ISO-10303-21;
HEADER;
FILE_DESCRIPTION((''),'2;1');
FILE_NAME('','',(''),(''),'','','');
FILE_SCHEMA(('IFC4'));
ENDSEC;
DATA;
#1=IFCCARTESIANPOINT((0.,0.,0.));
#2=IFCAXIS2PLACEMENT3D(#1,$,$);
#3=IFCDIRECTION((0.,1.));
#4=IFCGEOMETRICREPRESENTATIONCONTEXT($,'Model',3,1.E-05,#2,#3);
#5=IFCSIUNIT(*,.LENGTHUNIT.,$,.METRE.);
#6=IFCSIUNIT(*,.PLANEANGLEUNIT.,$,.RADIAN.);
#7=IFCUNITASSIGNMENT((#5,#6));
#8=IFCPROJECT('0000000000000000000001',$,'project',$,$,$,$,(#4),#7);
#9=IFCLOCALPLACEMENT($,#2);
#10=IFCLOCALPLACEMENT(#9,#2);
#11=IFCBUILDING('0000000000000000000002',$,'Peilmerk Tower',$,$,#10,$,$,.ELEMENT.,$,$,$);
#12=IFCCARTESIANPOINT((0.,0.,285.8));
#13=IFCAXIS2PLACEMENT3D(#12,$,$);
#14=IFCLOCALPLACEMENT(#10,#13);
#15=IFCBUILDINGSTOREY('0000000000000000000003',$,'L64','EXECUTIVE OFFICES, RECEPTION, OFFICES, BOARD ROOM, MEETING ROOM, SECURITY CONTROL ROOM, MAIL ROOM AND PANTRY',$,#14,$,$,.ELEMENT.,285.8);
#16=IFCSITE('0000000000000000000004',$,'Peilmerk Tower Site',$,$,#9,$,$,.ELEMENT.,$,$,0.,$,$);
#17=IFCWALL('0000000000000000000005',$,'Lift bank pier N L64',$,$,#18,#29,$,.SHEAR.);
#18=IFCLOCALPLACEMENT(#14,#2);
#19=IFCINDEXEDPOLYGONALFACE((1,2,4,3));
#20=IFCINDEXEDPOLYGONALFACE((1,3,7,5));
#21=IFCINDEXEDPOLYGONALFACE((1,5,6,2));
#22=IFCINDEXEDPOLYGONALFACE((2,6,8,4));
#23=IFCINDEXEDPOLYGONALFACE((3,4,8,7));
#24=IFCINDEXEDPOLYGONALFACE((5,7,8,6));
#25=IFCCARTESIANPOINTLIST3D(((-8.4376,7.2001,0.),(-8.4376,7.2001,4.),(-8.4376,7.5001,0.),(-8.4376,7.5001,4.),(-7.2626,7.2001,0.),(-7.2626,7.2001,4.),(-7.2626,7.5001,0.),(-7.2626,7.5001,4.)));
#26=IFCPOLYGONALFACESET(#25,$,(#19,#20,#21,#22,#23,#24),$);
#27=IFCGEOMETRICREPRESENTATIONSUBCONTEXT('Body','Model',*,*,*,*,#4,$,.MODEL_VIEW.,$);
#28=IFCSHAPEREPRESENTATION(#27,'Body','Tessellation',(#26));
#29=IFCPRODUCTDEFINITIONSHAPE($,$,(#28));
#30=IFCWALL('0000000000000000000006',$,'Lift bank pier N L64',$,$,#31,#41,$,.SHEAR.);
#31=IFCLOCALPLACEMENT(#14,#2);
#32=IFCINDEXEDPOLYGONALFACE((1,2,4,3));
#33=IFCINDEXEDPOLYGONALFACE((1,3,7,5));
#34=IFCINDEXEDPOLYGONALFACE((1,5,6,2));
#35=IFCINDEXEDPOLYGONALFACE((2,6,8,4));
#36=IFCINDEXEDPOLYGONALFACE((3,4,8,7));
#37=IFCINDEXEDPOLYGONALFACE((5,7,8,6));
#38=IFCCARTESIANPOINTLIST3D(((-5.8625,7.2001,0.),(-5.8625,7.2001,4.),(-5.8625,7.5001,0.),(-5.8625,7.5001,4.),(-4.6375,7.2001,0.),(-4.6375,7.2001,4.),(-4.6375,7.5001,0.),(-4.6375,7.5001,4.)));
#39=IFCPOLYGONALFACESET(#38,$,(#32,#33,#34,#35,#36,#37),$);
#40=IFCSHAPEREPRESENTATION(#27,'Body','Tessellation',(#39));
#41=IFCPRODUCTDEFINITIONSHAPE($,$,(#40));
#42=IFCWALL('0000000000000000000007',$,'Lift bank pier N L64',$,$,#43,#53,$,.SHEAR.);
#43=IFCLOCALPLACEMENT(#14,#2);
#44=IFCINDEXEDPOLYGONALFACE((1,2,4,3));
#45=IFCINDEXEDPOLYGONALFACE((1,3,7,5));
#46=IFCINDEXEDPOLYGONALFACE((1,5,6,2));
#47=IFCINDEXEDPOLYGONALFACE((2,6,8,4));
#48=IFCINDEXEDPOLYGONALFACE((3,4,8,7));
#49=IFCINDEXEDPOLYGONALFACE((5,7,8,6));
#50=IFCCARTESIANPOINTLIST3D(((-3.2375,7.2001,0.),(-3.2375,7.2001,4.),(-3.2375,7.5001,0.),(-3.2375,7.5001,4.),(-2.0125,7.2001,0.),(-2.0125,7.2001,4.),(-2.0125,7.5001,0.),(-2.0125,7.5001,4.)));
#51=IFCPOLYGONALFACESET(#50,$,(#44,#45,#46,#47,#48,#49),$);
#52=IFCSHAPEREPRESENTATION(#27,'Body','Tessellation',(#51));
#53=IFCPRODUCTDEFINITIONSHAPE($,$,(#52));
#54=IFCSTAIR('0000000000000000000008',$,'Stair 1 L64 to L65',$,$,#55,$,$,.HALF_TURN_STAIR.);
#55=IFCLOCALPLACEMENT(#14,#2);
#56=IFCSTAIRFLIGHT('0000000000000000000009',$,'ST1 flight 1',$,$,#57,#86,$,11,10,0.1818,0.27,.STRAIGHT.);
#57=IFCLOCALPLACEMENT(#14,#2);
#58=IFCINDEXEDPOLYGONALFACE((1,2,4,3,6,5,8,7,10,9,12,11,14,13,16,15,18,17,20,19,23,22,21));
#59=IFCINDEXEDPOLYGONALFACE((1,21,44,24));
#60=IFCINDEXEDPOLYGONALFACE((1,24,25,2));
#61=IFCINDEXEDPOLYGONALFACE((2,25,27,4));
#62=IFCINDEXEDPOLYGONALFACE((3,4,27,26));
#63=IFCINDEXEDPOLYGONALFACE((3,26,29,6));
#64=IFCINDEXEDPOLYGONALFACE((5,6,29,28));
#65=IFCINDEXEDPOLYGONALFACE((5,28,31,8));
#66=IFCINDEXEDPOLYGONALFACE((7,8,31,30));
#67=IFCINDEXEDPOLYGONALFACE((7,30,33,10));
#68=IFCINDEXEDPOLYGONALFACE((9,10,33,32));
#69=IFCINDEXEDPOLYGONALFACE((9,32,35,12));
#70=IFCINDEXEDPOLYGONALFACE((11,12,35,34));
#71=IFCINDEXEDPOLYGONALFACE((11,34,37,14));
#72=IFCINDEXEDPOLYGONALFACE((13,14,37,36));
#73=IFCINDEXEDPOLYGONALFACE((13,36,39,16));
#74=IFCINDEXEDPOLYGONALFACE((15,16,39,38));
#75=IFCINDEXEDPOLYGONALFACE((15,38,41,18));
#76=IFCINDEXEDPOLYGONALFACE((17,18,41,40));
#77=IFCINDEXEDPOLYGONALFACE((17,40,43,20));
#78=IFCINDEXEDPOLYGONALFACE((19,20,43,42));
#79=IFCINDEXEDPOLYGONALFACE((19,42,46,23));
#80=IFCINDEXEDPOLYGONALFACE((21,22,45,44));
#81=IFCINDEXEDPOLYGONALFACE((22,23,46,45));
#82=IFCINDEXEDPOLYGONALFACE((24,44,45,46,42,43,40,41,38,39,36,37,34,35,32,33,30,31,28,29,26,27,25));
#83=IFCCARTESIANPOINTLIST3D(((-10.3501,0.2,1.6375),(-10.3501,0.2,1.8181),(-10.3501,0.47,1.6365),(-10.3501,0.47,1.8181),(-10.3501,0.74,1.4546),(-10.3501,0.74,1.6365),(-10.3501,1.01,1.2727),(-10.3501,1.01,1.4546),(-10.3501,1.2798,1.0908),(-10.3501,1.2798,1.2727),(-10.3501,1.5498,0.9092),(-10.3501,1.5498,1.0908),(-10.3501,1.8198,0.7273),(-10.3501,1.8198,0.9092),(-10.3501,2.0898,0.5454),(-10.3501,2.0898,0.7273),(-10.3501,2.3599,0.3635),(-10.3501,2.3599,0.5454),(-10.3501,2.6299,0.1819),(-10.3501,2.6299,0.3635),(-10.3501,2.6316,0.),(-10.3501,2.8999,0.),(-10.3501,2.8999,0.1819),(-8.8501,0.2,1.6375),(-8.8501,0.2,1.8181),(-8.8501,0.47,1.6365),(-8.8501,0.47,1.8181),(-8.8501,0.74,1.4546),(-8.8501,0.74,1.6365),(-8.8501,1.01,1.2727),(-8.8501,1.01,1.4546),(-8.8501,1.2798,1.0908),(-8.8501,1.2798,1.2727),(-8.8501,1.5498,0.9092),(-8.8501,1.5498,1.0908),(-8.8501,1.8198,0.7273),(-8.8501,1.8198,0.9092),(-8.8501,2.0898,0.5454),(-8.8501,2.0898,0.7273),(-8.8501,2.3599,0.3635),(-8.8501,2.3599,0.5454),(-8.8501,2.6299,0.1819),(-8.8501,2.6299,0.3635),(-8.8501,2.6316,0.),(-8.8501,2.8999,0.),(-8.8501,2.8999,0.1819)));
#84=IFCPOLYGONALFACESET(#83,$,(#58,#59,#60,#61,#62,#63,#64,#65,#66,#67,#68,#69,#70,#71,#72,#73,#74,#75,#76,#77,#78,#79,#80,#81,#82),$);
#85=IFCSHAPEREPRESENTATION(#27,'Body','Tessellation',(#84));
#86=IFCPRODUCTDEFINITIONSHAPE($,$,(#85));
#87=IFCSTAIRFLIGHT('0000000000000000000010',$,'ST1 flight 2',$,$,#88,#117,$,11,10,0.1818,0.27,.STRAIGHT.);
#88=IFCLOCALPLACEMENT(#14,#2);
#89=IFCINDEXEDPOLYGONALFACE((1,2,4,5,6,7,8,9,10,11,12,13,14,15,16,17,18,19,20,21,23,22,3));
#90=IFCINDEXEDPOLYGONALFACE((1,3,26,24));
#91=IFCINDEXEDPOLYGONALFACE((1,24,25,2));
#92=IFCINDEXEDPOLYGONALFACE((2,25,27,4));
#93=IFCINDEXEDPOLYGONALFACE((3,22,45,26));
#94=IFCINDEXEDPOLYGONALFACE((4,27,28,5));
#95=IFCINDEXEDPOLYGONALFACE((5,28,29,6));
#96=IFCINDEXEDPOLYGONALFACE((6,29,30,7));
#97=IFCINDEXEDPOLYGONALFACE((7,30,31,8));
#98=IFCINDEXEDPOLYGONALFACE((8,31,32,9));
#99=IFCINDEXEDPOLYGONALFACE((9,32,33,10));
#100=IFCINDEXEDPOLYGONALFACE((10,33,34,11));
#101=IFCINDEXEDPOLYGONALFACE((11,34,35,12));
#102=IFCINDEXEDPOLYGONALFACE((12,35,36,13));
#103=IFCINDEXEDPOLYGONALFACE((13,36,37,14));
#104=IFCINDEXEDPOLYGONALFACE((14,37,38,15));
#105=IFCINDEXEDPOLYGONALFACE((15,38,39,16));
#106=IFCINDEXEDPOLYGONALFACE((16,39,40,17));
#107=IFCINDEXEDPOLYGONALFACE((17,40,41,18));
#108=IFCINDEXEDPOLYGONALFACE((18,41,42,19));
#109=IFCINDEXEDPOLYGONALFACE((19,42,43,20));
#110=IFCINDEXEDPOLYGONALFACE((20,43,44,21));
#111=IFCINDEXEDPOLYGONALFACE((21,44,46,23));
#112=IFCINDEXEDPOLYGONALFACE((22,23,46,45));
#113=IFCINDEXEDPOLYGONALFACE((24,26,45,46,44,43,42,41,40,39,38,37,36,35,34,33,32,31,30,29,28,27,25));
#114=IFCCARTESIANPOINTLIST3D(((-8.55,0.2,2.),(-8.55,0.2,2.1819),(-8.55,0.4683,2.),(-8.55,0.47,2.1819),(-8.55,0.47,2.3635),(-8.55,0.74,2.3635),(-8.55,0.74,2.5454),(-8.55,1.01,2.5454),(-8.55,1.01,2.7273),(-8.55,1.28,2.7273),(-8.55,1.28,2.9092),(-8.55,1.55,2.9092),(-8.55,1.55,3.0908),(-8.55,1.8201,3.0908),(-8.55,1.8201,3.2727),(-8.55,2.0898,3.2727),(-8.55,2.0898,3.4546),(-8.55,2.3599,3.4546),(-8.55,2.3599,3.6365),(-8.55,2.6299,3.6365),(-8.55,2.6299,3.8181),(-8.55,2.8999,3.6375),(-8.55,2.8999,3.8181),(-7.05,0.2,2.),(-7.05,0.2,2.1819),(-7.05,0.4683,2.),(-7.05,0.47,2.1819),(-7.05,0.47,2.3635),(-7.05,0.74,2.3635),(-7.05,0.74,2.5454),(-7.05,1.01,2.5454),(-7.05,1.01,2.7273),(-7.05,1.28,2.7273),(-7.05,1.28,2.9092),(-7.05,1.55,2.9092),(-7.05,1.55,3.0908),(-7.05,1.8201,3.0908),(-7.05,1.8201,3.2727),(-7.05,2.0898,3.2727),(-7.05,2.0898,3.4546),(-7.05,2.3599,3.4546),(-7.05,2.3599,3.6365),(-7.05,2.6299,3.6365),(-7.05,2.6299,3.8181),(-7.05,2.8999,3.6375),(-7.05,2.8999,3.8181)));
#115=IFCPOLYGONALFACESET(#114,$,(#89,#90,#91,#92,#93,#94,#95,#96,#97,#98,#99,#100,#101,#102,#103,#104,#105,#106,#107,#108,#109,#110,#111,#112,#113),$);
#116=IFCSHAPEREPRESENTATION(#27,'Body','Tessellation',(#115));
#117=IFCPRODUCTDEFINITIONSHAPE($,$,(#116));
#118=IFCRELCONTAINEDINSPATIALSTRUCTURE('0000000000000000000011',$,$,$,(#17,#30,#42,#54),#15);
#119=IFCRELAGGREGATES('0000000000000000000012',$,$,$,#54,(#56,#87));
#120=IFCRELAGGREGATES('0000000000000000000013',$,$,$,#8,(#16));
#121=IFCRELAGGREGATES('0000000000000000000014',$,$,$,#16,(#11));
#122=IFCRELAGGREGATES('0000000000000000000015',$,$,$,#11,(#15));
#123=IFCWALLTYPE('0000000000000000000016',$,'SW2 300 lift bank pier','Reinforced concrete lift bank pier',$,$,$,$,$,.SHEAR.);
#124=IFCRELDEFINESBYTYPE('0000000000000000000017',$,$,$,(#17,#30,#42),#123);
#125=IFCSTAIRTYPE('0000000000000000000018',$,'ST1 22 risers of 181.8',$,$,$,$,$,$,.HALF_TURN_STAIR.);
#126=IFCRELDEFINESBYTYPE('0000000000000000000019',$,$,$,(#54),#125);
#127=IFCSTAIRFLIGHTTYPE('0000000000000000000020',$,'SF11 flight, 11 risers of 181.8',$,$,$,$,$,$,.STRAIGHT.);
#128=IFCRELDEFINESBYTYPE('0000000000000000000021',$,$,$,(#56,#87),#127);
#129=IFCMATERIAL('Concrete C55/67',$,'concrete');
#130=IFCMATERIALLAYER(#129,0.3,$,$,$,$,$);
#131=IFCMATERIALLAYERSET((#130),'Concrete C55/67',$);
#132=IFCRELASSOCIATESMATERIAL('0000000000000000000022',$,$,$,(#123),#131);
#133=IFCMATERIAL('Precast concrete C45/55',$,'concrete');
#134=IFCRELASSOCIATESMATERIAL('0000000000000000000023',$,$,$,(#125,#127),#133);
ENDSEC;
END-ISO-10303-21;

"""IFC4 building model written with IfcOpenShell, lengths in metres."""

from ifc_helpers import new_model, si_unit, direction, frame, frame_2d, origin, place, context, subcontext, project, spatial, polyline, rectangle, outline, extrude, material, layer, layer_set, type_object, element, aggregate, save


model = new_model("IFC4")

# Units and contexts
model_context = context("Model", 3, precision=1e-05, world=origin(), true_north=direction((0.0, 1.0)))
body_context = subcontext(model_context, "Body", "Model", "MODEL_VIEW")
ifc_project = project(units=[si_unit("LENGTHUNIT", "METRE"), si_unit("PLANEANGLEUNIT", "RADIAN")], contexts=[model_context])

# Site, building, storey
site_placement = place(None, origin())
site = spatial("IfcSite", under=ifc_project, at=site_placement, Name="Peilmerk Tower Site", CompositionType="ELEMENT", RefElevation=0.0)
building_placement = place(site_placement, origin())
building = spatial("IfcBuilding", under=site, at=building_placement, Name="Peilmerk Tower", CompositionType="ELEMENT")
storey_placement = place(building_placement, frame((0.0, 0.0, 285.8)))
storey = spatial("IfcBuildingStorey", under=building, at=storey_placement, Name="L64", Description="EXECUTIVE OFFICES, RECEPTION, OFFICES, BOARD ROOM, MEETING ROOM, SECURITY CONTROL ROOM, MAIL ROOM AND PANTRY", CompositionType="ELEMENT", Elevation=285.8)

# Shared definitions
ifc_material_1 = material(Name="Concrete C55/67", Category="concrete")

# Walls
ifc_layer_1 = layer(ifc_material_1, 0.3)
ifc_layer_set_1 = layer_set([ifc_layer_1], Name="Concrete C55/67")
wall_type_1 = type_object("IfcWallType", Name="SW2 300 lift bank pier", Description="Reinforced concrete lift bank pier", PredefinedType="SHEAR", material=ifc_layer_set_1)
wall_1_placement = place(storey_placement, frame((-8.4375, 7.3501, 0.0), z_axis=(0.0, 0.0, 1.0), x_axis=(1.0, 0.0, 0.0)))
element("IfcWall", 1, at=wall_1_placement, inside=storey, type_object=wall_type_1, Name="Lift bank pier N L64", PredefinedType="SHEAR", context=body_context, shape_type="SweptSolid", body=[
    extrude(rectangle(XDim=1.175, YDim=0.3, at=frame_2d((0.5874, 0.0))), origin(), (0.0, 0.0, 1.0), 4.0),
])
for number, where, z_axis, x_axis, name in (
    (2, (-5.8625, 7.3501, 0.0), (0.0, 0.0, 1.0), (1.0, 0.0, 0.0), "Lift bank pier N L64"),
    (3, (-3.2375, 7.3501, 0.0), (0.0, 0.0, 1.0), (1.0, 0.0, 0.0), "Lift bank pier N L64"),
):
    element("IfcWall", number, at=place(storey_placement, frame(where, z_axis=z_axis, x_axis=x_axis)), inside=storey, type_object=wall_type_1, Name=name, PredefinedType="SHEAR", context=body_context, shape_type="SweptSolid", body=[
        extrude(rectangle(XDim=1.2251, YDim=0.3, at=frame_2d((0.6125, 0.0))), origin(), (0.0, 0.0, 1.0), 4.0),
    ])

# Stair, stair flights
ifc_material_2 = material(Name="Precast concrete C45/55", Category="concrete")
stair_type = type_object("IfcStairType", Name="ST1 22 risers of 181.8", PredefinedType="HALF_TURN_STAIR", material=ifc_material_2)
stair_placement = place(storey_placement, origin())
stair = element("IfcStair", 4, at=stair_placement, inside=storey, type_object=stair_type, Name="Stair 1 L64 to L65", PredefinedType="HALF_TURN_STAIR")
stair_flight_type = type_object("IfcStairFlightType", Name="SF11 flight, 11 risers of 181.8", PredefinedType="STRAIGHT", material=ifc_material_2)
stair_flight_1_placement = place(storey_placement, frame((-9.6001, 2.8999, 0.0), z_axis=(0.0, 0.0, 1.0), x_axis=(0.0, -1.0, 0.0)))
stair_flight_1 = element("IfcStairFlight", 5, at=stair_flight_1_placement, type_object=stair_flight_type, Name="ST1 flight 1", NumberOfRisers=11, NumberOfTreads=10, PredefinedType="STRAIGHT", RiserHeight=0.1818, TreadLength=0.27, context=body_context, shape_type="SweptSolid", body=[
    extrude(outline(polyline([(0.0, 0.0), (0.0, 0.1819), (0.27, 0.1819), (0.27, 0.3635), (0.54, 0.3635), (0.54, 0.5454), (0.8101, 0.5454), (0.8101, 0.7273), (1.0801, 0.7273), (1.0801, 0.9092), (1.3501, 0.9092), (1.3501, 1.0908), (1.6201, 1.0908), (1.6201, 1.2727), (1.8899, 1.2727), (1.8899, 1.4546), (2.1599, 1.4546), (2.1599, 1.6365), (2.4299, 1.6365), (2.4299, 1.8181), (2.7, 1.8181), (2.7, 2.0), (2.7, 1.6375), (0.2683, 0.0), (0.0, 0.0)])), frame((0.0, 0.75, 0.0), z_axis=(0.0, -1.0, 0.0), x_axis=(1.0, 0.0, 0.0)), (0.0, 0.0, 1.0), 1.5),
])
stair_flight_2_placement = place(storey_placement, frame((-7.8, 0.2, 2.0), z_axis=(0.0, 0.0, 1.0), x_axis=(0.0, 1.0, 0.0)))
stair_flight_2 = element("IfcStairFlight", 6, at=stair_flight_2_placement, type_object=stair_flight_type, Name="ST1 flight 2", NumberOfRisers=11, NumberOfTreads=10, PredefinedType="STRAIGHT", RiserHeight=0.1818, TreadLength=0.27, context=body_context, shape_type="SweptSolid", body=[
    extrude(outline(polyline([(0.0, 0.0), (0.0, 0.1819), (0.27, 0.1819), (0.27, 0.3635), (0.54, 0.3635), (0.54, 0.5454), (0.8101, 0.5454), (0.8101, 0.7273), (1.0801, 0.7273), (1.0801, 0.9092), (1.3501, 0.9092), (1.3501, 1.0908), (1.6201, 1.0908), (1.6201, 1.2727), (1.8899, 1.2727), (1.8899, 1.4546), (2.1599, 1.4546), (2.1599, 1.6365), (2.4299, 1.6365), (2.4299, 1.8181), (2.7, 1.8181), (2.7, 2.0), (2.7, 1.6375), (0.2683, 0.0), (0.0, 0.0)])), frame((0.0, 0.75, 0.0), z_axis=(0.0, -1.0, 0.0), x_axis=(1.0, 0.0, 0.0)), (0.0, 0.0, 1.0), 1.5),
])
aggregate(stair, [stair_flight_1, stair_flight_2])

save(model, "model.ifc")
